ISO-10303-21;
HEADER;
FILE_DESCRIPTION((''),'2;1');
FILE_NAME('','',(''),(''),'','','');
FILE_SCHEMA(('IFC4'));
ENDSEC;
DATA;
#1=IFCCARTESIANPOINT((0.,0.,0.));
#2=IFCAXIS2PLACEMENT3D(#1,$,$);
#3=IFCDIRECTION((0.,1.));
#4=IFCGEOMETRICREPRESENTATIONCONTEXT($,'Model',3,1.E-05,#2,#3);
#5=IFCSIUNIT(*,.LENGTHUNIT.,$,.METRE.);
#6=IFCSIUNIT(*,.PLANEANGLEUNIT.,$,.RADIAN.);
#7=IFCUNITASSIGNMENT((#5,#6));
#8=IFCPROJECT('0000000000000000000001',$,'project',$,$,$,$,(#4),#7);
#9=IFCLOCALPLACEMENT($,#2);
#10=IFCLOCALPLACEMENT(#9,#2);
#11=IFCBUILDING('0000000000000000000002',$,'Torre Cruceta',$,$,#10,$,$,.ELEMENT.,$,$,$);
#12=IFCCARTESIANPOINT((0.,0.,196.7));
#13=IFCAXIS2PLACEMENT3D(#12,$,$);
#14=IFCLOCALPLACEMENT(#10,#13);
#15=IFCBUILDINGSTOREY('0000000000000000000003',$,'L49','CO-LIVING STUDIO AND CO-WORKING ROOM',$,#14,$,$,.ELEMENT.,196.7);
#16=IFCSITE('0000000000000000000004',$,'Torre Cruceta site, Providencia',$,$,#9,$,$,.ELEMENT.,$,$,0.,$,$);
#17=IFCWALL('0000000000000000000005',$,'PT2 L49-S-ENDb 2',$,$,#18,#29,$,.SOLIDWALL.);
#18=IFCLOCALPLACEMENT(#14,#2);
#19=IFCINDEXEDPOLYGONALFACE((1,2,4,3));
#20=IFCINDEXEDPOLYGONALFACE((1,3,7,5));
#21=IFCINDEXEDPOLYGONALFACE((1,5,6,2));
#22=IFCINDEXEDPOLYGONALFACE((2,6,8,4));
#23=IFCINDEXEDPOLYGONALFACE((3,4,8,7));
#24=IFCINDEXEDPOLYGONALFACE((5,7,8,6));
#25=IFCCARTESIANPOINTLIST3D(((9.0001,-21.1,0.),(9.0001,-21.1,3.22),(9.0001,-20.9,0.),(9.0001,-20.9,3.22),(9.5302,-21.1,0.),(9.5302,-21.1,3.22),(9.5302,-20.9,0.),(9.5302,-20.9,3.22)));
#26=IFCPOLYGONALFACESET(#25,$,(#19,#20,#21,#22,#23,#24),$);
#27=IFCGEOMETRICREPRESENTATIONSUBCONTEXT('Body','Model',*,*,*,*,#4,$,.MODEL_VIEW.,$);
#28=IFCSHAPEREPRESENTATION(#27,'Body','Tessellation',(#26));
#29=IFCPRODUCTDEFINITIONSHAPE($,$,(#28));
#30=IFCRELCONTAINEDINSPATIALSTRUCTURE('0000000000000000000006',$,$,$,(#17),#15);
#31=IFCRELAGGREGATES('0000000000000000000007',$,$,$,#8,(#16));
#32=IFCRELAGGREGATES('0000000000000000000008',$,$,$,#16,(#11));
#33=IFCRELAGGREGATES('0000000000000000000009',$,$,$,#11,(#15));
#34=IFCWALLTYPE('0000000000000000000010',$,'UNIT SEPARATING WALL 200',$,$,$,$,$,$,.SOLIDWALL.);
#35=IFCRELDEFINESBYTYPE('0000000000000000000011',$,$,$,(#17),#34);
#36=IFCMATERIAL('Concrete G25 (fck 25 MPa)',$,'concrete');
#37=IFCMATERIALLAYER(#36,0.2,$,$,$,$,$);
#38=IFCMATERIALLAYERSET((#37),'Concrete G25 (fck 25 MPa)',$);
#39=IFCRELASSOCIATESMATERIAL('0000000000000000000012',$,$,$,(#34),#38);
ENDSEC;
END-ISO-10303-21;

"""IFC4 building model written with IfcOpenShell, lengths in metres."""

from ifc_helpers import new_model, si_unit, direction, frame, frame_2d, origin, place, context, subcontext, project, spatial, rectangle, extrude, material, layer, layer_set, type_object, element, save


model = new_model("IFC4")

# Units and contexts
model_context = context("Model", 3, precision=1e-05, world=origin(), true_north=direction((0.0, 1.0)))
body_context = subcontext(model_context, "Body", "Model", "MODEL_VIEW")
ifc_project = project(units=[si_unit("LENGTHUNIT", "METRE"), si_unit("PLANEANGLEUNIT", "RADIAN")], contexts=[model_context])

# Site, building, storey
site_placement = place(None, origin())
site = spatial("IfcSite", under=ifc_project, at=site_placement, Name="Torre Cruceta site, Providencia", CompositionType="ELEMENT", RefElevation=0.0)
building_placement = place(site_placement, origin())
building = spatial("IfcBuilding", under=site, at=building_placement, Name="Torre Cruceta", CompositionType="ELEMENT")
storey_placement = place(building_placement, frame((0.0, 0.0, 196.7)))
storey = spatial("IfcBuildingStorey", under=building, at=storey_placement, Name="L49", Description="CO-LIVING STUDIO AND CO-WORKING ROOM", CompositionType="ELEMENT", Elevation=196.7)

# Shared definitions
ifc_material_1 = material(Name="Concrete G25 (fck 25 MPa)", Category="concrete")
ifc_layer_1 = layer(ifc_material_1, 0.2)
ifc_layer_set_1 = layer_set([ifc_layer_1], Name="Concrete G25 (fck 25 MPa)")
wall_type_1 = type_object("IfcWallType", Name="UNIT SEPARATING WALL 200", PredefinedType="SOLIDWALL", material=ifc_layer_set_1)

# Wall
wall_1_placement = place(storey_placement, frame((9.0, -21.0, 0.0), z_axis=(0.0, 0.0, 1.0), x_axis=(1.0, 0.0, 0.0)))
element("IfcWall", 1, at=wall_1_placement, inside=storey, type_object=wall_type_1, Name="PT2 L49-S-ENDb 2", PredefinedType="SOLIDWALL", context=body_context, shape_type="SweptSolid", body=[
    extrude(rectangle(XDim=0.53, YDim=0.2, at=frame_2d((0.2651, 0.0))), origin(), (0.0, 0.0, 1.0), 3.22),
])

save(model, "model.ifc")
